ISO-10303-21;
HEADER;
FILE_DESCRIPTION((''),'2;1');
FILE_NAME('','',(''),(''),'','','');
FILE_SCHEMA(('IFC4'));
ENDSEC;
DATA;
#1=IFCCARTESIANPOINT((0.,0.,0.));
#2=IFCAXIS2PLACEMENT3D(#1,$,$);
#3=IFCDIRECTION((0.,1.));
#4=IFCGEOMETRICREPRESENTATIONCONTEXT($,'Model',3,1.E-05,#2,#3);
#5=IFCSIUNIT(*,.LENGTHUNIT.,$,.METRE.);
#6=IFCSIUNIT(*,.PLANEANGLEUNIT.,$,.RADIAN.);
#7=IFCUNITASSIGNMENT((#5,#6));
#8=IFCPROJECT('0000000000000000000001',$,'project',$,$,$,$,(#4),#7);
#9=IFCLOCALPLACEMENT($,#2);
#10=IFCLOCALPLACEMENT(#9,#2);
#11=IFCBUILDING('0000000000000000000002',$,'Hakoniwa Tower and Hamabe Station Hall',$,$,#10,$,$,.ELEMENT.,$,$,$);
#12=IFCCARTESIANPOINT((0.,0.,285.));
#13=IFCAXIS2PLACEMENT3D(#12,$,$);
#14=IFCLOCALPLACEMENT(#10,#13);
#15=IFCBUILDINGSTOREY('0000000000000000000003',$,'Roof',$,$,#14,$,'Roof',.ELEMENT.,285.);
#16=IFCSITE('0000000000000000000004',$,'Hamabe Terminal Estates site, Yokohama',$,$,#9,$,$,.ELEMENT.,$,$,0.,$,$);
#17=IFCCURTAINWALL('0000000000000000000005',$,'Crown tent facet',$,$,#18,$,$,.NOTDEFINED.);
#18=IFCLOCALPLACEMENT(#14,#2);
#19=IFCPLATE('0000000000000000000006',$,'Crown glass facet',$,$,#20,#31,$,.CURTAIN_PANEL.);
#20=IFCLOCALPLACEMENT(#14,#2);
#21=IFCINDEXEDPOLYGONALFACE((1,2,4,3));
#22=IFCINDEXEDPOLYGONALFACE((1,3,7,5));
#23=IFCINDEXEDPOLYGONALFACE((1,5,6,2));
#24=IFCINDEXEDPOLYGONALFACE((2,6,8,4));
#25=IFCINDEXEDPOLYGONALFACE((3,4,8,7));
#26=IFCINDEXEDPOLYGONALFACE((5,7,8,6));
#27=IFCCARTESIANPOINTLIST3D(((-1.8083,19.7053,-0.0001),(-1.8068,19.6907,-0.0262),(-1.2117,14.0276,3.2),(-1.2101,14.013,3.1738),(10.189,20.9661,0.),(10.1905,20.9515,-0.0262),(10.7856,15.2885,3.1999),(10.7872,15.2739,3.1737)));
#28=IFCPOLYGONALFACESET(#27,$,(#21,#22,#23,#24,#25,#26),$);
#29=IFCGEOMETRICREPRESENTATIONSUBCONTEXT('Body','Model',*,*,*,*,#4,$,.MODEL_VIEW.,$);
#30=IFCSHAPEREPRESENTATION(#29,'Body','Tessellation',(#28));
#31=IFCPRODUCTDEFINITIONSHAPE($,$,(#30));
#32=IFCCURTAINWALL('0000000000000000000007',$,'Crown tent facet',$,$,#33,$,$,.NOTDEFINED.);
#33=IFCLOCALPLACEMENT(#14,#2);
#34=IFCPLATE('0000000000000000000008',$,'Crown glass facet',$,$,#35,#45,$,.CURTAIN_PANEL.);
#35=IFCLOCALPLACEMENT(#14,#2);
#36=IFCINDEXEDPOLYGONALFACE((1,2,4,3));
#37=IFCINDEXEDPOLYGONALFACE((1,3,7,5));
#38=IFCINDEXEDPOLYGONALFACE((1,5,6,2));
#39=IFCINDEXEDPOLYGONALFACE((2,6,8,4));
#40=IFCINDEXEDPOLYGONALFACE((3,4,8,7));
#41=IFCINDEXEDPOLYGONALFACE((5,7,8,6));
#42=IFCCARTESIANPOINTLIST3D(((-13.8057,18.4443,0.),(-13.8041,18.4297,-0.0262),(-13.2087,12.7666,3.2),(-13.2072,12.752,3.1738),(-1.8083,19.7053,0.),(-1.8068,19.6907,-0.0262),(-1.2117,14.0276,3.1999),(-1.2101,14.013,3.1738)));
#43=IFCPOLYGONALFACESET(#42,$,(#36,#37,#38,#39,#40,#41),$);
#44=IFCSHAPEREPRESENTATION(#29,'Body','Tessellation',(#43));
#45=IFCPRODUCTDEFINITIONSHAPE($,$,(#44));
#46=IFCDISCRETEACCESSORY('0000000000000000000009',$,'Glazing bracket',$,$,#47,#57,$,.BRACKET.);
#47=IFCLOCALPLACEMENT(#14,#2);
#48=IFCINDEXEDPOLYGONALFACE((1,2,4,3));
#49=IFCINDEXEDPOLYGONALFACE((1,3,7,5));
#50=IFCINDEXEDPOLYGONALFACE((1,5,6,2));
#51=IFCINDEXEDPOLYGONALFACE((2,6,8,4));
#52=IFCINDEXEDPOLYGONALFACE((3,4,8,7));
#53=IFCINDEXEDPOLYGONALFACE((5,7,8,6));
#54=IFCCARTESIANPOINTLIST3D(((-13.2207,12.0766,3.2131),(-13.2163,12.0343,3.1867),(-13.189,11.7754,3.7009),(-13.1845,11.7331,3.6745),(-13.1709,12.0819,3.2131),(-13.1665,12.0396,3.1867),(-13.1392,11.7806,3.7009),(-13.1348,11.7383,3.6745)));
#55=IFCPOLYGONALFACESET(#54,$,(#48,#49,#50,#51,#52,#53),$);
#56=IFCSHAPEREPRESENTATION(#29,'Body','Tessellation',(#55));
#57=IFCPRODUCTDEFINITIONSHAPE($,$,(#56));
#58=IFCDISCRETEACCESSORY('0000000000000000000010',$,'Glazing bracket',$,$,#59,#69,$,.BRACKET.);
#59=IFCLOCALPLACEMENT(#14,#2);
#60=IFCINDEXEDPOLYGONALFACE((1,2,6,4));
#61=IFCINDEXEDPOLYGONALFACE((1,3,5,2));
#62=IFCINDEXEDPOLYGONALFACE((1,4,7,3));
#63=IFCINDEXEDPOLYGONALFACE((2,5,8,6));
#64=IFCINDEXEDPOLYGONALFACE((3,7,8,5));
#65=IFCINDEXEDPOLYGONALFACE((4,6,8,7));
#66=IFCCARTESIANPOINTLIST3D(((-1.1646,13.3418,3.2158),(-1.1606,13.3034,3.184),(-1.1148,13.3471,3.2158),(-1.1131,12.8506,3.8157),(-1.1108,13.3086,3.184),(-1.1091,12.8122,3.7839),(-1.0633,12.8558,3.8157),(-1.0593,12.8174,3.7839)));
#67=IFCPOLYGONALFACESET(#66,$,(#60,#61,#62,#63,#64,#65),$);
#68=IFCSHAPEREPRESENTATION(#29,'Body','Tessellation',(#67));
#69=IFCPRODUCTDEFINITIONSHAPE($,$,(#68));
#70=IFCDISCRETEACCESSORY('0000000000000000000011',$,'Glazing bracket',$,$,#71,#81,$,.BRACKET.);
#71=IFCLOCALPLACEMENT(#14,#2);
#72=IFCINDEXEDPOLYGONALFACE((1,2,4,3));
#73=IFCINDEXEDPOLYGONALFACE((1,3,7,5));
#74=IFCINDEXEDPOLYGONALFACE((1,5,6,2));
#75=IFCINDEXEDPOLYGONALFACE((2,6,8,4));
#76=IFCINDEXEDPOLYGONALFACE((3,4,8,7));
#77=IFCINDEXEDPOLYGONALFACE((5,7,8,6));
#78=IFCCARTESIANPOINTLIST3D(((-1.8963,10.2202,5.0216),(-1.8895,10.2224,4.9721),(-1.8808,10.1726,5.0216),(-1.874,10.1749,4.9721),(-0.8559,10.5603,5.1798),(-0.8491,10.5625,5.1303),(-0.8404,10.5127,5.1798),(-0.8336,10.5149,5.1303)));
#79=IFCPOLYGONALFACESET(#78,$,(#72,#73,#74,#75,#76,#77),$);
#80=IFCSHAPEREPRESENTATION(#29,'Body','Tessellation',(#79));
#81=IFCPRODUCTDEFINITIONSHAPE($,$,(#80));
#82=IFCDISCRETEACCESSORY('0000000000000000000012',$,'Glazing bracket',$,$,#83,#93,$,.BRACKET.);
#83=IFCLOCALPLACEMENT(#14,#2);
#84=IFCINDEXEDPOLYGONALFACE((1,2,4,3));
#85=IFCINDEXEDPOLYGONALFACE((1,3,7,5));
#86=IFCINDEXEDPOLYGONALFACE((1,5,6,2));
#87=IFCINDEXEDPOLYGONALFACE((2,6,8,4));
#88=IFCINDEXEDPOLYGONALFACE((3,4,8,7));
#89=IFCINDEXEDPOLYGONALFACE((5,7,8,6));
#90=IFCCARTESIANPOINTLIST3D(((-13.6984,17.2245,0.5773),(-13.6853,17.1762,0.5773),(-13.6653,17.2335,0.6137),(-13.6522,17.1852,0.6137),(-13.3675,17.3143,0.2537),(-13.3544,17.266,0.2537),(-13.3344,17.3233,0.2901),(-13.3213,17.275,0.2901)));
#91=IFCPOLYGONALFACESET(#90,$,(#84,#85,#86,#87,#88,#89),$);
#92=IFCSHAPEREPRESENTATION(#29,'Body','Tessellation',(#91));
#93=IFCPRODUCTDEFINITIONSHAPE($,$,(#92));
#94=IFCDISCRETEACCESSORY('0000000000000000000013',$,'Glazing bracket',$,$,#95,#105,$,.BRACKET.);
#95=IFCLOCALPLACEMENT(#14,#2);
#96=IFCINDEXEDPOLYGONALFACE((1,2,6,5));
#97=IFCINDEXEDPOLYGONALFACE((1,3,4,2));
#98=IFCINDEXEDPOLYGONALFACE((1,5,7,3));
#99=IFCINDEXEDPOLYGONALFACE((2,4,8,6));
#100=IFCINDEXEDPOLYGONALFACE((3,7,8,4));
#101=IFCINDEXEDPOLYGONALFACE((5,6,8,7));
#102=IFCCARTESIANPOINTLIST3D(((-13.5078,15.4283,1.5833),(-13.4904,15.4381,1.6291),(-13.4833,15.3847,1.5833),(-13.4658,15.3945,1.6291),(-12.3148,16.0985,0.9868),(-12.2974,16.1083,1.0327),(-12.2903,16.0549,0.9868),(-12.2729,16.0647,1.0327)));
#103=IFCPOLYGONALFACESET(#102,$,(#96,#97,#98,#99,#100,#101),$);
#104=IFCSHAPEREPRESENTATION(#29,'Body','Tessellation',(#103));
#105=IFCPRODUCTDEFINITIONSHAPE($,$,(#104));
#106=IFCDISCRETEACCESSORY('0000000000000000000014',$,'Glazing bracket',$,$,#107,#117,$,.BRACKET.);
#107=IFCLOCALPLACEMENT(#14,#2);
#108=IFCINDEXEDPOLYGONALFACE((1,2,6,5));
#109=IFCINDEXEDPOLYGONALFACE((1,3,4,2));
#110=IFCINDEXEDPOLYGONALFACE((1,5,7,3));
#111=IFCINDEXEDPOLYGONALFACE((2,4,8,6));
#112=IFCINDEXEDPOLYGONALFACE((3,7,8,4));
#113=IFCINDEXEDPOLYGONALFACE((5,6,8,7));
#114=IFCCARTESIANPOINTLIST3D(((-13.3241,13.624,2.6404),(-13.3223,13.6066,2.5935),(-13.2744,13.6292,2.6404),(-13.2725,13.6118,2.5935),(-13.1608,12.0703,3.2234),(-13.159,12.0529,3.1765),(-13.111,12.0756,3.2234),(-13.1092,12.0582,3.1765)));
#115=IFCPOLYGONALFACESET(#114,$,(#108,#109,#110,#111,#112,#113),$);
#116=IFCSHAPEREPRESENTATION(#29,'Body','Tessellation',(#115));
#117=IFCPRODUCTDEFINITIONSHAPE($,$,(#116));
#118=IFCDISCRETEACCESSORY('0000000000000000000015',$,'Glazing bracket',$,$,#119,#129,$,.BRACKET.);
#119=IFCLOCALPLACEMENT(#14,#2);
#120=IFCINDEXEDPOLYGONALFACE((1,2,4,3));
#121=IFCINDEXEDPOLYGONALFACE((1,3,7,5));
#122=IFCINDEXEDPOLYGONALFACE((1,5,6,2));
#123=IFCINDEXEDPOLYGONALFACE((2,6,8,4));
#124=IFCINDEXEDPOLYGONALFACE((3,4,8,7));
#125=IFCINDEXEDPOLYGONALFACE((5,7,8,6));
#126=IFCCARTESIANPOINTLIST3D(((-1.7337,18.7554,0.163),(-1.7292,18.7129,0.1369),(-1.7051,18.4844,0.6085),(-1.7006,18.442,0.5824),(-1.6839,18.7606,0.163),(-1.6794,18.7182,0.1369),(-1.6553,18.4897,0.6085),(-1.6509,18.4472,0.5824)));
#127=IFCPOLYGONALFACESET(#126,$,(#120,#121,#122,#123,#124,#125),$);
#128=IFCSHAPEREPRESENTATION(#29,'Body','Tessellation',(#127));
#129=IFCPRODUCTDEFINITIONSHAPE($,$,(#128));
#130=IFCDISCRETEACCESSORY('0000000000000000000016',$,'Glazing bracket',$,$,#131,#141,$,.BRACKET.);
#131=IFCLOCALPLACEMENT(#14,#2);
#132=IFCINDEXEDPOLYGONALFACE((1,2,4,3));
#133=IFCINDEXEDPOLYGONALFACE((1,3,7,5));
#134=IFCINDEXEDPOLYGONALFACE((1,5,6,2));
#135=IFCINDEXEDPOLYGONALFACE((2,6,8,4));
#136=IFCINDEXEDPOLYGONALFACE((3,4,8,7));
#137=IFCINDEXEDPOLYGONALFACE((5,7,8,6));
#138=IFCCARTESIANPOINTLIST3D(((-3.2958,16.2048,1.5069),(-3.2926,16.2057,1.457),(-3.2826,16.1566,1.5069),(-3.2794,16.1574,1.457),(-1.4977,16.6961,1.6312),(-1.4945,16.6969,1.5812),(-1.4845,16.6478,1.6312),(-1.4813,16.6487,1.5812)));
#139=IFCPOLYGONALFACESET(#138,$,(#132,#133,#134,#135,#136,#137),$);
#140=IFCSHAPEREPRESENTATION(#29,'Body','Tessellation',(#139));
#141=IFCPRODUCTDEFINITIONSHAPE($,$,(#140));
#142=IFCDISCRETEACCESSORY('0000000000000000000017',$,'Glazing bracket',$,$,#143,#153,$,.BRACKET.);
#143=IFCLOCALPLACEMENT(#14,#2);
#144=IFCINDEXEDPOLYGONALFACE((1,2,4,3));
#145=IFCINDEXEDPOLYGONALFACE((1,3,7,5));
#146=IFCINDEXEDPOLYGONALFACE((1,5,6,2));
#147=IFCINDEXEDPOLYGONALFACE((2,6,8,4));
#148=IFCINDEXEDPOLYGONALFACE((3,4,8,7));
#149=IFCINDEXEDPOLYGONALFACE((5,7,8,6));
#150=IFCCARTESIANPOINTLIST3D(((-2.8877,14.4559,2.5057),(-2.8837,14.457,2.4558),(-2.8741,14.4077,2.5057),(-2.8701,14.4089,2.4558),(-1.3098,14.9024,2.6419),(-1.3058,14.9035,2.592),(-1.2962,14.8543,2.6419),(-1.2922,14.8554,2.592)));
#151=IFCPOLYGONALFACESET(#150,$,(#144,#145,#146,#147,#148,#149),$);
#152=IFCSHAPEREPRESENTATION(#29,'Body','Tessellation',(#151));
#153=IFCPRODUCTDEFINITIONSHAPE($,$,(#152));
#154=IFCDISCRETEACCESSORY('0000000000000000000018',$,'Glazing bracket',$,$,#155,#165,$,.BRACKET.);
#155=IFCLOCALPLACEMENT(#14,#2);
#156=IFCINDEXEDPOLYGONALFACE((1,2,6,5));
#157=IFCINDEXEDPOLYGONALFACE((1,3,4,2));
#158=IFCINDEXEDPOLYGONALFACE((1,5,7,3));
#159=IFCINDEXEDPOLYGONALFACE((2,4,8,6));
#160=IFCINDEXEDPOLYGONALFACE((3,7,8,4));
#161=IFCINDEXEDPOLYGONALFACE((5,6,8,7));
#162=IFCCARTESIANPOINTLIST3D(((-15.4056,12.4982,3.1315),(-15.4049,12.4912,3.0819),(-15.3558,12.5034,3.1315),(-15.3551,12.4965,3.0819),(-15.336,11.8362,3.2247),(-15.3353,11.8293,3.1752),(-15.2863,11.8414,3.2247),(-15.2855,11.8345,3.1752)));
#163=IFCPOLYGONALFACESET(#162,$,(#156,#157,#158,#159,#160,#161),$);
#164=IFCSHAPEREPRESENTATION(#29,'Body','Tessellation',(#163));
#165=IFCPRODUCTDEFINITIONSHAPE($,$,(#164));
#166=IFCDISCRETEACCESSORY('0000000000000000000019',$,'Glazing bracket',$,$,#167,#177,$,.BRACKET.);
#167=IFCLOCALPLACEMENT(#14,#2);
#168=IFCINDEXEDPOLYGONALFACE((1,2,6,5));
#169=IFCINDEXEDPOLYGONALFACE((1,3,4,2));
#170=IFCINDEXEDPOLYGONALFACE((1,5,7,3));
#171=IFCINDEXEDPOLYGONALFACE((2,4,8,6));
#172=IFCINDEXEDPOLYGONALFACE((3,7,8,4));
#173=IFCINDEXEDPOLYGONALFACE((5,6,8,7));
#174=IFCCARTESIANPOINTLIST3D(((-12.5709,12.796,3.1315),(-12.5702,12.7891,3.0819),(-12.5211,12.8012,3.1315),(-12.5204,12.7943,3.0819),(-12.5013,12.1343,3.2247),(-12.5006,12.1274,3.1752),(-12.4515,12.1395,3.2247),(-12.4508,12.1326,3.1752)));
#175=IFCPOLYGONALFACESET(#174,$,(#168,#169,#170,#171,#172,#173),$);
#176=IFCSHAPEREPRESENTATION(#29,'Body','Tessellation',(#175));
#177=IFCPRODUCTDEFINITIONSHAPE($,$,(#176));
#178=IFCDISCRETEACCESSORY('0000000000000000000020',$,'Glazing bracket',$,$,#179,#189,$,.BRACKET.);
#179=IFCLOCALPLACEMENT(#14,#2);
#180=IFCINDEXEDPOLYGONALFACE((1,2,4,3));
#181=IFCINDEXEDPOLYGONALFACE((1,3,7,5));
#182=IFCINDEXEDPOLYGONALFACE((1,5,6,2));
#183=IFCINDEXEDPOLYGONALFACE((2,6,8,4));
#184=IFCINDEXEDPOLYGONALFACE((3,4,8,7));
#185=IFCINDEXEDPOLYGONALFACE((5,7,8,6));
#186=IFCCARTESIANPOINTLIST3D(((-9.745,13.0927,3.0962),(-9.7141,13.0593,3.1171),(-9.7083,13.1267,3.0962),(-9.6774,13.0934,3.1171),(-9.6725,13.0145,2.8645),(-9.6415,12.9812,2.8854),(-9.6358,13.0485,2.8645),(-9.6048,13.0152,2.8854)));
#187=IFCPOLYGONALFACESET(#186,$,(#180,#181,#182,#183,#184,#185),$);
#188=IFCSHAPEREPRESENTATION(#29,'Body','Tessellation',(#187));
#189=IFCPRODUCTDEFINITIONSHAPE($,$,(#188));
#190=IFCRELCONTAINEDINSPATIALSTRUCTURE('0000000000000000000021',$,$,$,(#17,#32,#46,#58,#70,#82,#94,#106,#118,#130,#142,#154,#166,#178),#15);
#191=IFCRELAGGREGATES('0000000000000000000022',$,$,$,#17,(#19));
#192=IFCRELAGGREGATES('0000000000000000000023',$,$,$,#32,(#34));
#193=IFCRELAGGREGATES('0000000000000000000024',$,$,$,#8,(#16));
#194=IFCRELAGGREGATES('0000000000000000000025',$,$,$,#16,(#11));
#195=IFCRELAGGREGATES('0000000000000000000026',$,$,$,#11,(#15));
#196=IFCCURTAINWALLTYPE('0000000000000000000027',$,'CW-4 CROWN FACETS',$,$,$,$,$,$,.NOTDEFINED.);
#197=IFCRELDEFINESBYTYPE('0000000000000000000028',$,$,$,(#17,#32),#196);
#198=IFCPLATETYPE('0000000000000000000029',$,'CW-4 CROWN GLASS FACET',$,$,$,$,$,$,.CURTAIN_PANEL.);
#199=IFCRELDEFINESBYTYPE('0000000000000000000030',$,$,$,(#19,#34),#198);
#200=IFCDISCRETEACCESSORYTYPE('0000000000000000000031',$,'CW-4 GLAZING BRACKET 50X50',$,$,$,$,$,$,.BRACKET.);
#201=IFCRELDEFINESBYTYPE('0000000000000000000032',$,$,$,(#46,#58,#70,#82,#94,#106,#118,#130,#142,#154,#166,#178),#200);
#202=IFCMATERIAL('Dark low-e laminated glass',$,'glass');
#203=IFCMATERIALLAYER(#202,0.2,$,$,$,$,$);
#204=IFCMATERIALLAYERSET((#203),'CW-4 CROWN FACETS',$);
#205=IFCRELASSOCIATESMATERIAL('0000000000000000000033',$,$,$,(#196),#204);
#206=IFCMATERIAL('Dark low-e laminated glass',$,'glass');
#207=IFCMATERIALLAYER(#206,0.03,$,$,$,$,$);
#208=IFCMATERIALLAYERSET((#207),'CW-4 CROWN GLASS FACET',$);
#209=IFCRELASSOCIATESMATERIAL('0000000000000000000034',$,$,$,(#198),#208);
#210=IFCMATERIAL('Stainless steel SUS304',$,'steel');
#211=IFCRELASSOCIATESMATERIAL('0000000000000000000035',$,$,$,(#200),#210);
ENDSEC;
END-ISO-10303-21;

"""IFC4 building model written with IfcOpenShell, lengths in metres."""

from ifc_helpers import new_model, si_unit, direction, frame, origin, origin_2d, place, context, subcontext, project, spatial, polyline, rectangle, outline, extrude, material, layer, layer_set, material_profile, profile_set, type_object, element, aggregate, save


model = new_model("IFC4")

# Units and contexts
model_context = context("Model", 3, precision=1e-05, world=origin(), true_north=direction((0.0, 1.0)))
body_context = subcontext(model_context, "Body", "Model", "MODEL_VIEW")
ifc_project = project(units=[si_unit("LENGTHUNIT", "METRE"), si_unit("PLANEANGLEUNIT", "RADIAN")], contexts=[model_context])

# Site, building, storey
site_placement = place(None, origin())
site = spatial("IfcSite", under=ifc_project, at=site_placement, Name="Hamabe Terminal Estates site, Yokohama", CompositionType="ELEMENT", RefElevation=0.0)
building_placement = place(site_placement, origin())
building = spatial("IfcBuilding", under=site, at=building_placement, Name="Hakoniwa Tower and Hamabe Station Hall", CompositionType="ELEMENT")
storey_placement = place(building_placement, frame((0.0, 0.0, 285.0)))
storey = spatial("IfcBuildingStorey", under=building, at=storey_placement, Name="Roof", LongName="Roof", CompositionType="ELEMENT", Elevation=285.0)

# Shared definitions
ifc_material_1 = material(Name="Dark low-e laminated glass", Category="glass")
ifc_layer_1 = layer(ifc_material_1, 0.2)
ifc_layer_set_1 = layer_set([ifc_layer_1], Name="CW-4 CROWN FACETS")
curtain_wall_type = type_object("IfcCurtainWallType", Name="CW-4 CROWN FACETS", PredefinedType="NOTDEFINED", material=ifc_layer_set_1)

# Curtain wall, plate
curtain_wall_1_placement = place(storey_placement, origin())
curtain_wall_1 = element("IfcCurtainWall", 1, at=curtain_wall_1_placement, inside=storey, type_object=curtain_wall_type, Name="Crown tent facet", PredefinedType="NOTDEFINED")
ifc_material_2 = material(Name="Dark low-e laminated glass", Category="glass")
ifc_layer_2 = layer(ifc_material_2, 0.03)
ifc_layer_set_2 = layer_set([ifc_layer_2], Name="CW-4 CROWN GLASS FACET")
plate_type = type_object("IfcPlateType", Name="CW-4 CROWN GLASS FACET", PredefinedType="CURTAIN_PANEL", material=ifc_layer_set_2)
plate_1_placement = place(storey_placement, frame((-1.2117, 14.0276, 3.2), z_axis=(-0.051105, 0.486272, 0.872312), x_axis=(-0.09117, 0.867534, -0.48895)))
plate_1 = element("IfcPlate", 2, at=plate_1_placement, type_object=plate_type, Name="Crown glass facet", PredefinedType="CURTAIN_PANEL", context=body_context, shape_type="SweptSolid", body=[
    extrude(outline(polyline([(0.0, 0.0), (6.5446, 0.0), (6.5446, -12.0634), (0.0002, -12.0634), (0.0, 0.0)])), origin(), (0.0, 0.0, -1.0), 0.03),
])
aggregate(curtain_wall_1, [plate_1])

# Curtain wall, plate
curtain_wall_2_placement = place(storey_placement, origin())
curtain_wall_2 = element("IfcCurtainWall", 3, at=curtain_wall_2_placement, inside=storey, type_object=curtain_wall_type, Name="Crown tent facet", PredefinedType="NOTDEFINED")
plate_2_placement = place(storey_placement, frame((-13.2087, 12.7666, 3.2), z_axis=(-0.051109, 0.486262, 0.872317), x_axis=(-0.091208, 0.867535, -0.488941)))
plate_2 = element("IfcPlate", 4, at=plate_2_placement, type_object=plate_type, Name="Crown glass facet", PredefinedType="CURTAIN_PANEL", context=body_context, shape_type="SweptSolid", body=[
    extrude(outline(polyline([(0.0, 0.0), (6.5447, 0.0), (6.5444, -12.0634), (-0.0003, -12.0632), (0.0, 0.0)])), origin(), (0.0, 0.0, -1.0), 0.03),
])
aggregate(curtain_wall_2, [plate_2])

# Discrete accessories
ifc_material_3 = material(Name="Stainless steel SUS304", Category="steel")
ifc_material_profile_1 = material_profile(ifc_material_3, rectangle(XDim=0.05, YDim=0.05, at=origin_2d()), Name="CW-4 GLAZING BRACKET 50X50")
ifc_profile_set_1 = profile_set([ifc_material_profile_1], Name="Stainless steel SUS304")
discrete_accessory_type = type_object("IfcDiscreteAccessoryType", Name="CW-4 GLAZING BRACKET 50X50", PredefinedType="BRACKET", material=ifc_profile_set_1)
discrete_accessory_1_placement = place(storey_placement, frame((-13.1619, 11.7568, 3.6877), z_axis=(-0.055273, 0.524671, -0.849509), x_axis=(-0.994497, -0.104769, 0.0)))
element("IfcDiscreteAccessory", 5, at=discrete_accessory_1_placement, inside=storey, type_object=discrete_accessory_type, Name="Glazing bracket", PredefinedType="BRACKET", context=body_context, shape_type="SweptSolid", body=[
    extrude(rectangle(XDim=0.05, YDim=0.05, at=origin_2d()), origin(), (0.0, 0.0, 1.0), 0.5742),
])
discrete_accessory_2_placement = place(storey_placement, frame((-1.0862, 12.834, 3.7998), z_axis=(-0.066296, 0.63217, -0.771989), x_axis=(-0.994546, -0.104299, 0.0)))
element("IfcDiscreteAccessory", 6, at=discrete_accessory_2_placement, inside=storey, type_object=discrete_accessory_type, Name="Glazing bracket", PredefinedType="BRACKET", context=body_context, shape_type="SweptSolid", body=[
    extrude(rectangle(XDim=0.05, YDim=0.05, at=origin_2d()), origin(), (0.0, 0.0, 1.0), 0.7771),
])
discrete_accessory_3_placement = place(storey_placement, frame((-0.8447, 10.5376, 5.155), z_axis=(-0.940745, -0.307475, -0.143032), x_axis=(0.310669, -0.950518, 0.0)))
element("IfcDiscreteAccessory", 7, at=discrete_accessory_3_placement, inside=storey, type_object=discrete_accessory_type, Name="Glazing bracket", PredefinedType="BRACKET", context=body_context, shape_type="SweptSolid", body=[
    extrude(rectangle(XDim=0.05, YDim=0.05, at=origin_2d()), origin(), (0.0, 0.0, 1.0), 1.106),
])
discrete_accessory_4_placement = place(storey_placement, frame((-13.6753, 17.2048, 0.5955), z_axis=(0.701868, 0.190618, -0.686328), x_axis=(-0.262093, 0.965043, 0.0)))
element("IfcDiscreteAccessory", 8, at=discrete_accessory_4_placement, inside=storey, type_object=discrete_accessory_type, Name="Glazing bracket", PredefinedType="BRACKET", context=body_context, shape_type="SweptSolid", body=[
    extrude(rectangle(XDim=0.05, YDim=0.05, at=origin_2d()), origin(), (0.0, 0.0, 1.0), 0.4714),
])
discrete_accessory_5_placement = place(storey_placement, frame((-13.4868, 15.4114, 1.6062), z_axis=(0.7992, 0.448998, -0.3996), x_axis=(-0.489804, 0.871833, 0.0)))
element("IfcDiscreteAccessory", 9, at=discrete_accessory_5_placement, inside=storey, type_object=discrete_accessory_type, Name="Glazing bracket", PredefinedType="BRACKET", context=body_context, shape_type="SweptSolid", body=[
    extrude(rectangle(XDim=0.05, YDim=0.05, at=origin_2d()), origin(), (0.0, 0.0, 1.0), 1.4927),
])
discrete_accessory_6_placement = place(storey_placement, frame((-13.2983, 13.6179, 2.6169), z_axis=(0.097948, -0.931755, 0.349628), x_axis=(0.99452, 0.104546, 0.0)))
element("IfcDiscreteAccessory", 10, at=discrete_accessory_6_placement, inside=storey, type_object=discrete_accessory_type, Name="Glazing bracket", PredefinedType="BRACKET", context=body_context, shape_type="SweptSolid", body=[
    extrude(rectangle(XDim=0.05, YDim=0.05, at=origin_2d()), origin(), (0.0, 0.0, 1.0), 1.6675),
])
discrete_accessory_7_placement = place(storey_placement, frame((-1.678, 18.4658, 0.5955), z_axis=(-0.054692, 0.518872, -0.853101), x_axis=(-0.994491, -0.104825, 0.0)))
element("IfcDiscreteAccessory", 11, at=discrete_accessory_7_placement, inside=storey, type_object=discrete_accessory_type, Name="Glazing bracket", PredefinedType="BRACKET", context=body_context, shape_type="SweptSolid", body=[
    extrude(rectangle(XDim=0.05, YDim=0.05, at=origin_2d()), origin(), (0.0, 0.0, 1.0), 0.5222),
])
discrete_accessory_8_placement = place(storey_placement, frame((-1.4895, 16.6724, 1.6062), z_axis=(-0.962515, -0.262944, -0.06652), x_axis=(0.263527, -0.964652, 0.0)))
element("IfcDiscreteAccessory", 12, at=discrete_accessory_8_placement, inside=storey, type_object=discrete_accessory_type, Name="Glazing bracket", PredefinedType="BRACKET", context=body_context, shape_type="SweptSolid", body=[
    extrude(rectangle(XDim=0.05, YDim=0.05, at=origin_2d()), origin(), (0.0, 0.0, 1.0), 1.8682),
])
discrete_accessory_9_placement = place(storey_placement, frame((-1.301, 14.8789, 2.6169), z_axis=(-0.958909, -0.271367, -0.08279), x_axis=(0.272302, -0.962212, 0.0)))
element("IfcDiscreteAccessory", 13, at=discrete_accessory_9_placement, inside=storey, type_object=discrete_accessory_type, Name="Glazing bracket", PredefinedType="BRACKET", context=body_context, shape_type="SweptSolid", body=[
    extrude(rectangle(XDim=0.05, YDim=0.05, at=origin_2d()), origin(), (0.0, 0.0, 1.0), 1.6455),
])
discrete_accessory_10_placement = place(storey_placement, frame((-15.3804, 12.4973, 3.1067), z_axis=(0.103539, -0.984896, 0.138779), x_axis=(0.99452, 0.104551, 0.0)))
element("IfcDiscreteAccessory", 14, at=discrete_accessory_10_placement, inside=storey, type_object=discrete_accessory_type, Name="Glazing bracket", PredefinedType="BRACKET", context=body_context, shape_type="SweptSolid", body=[
    extrude(rectangle(XDim=0.05, YDim=0.05, at=origin_2d()), origin(), (0.0, 0.0, 1.0), 0.6721),
])
discrete_accessory_11_placement = place(storey_placement, frame((-12.5457, 12.7952, 3.1067), z_axis=(0.103576, -0.984885, 0.138829), x_axis=(0.994516, 0.104589, 0.0)))
element("IfcDiscreteAccessory", 15, at=discrete_accessory_11_placement, inside=storey, type_object=discrete_accessory_type, Name="Glazing bracket", PredefinedType="BRACKET", context=body_context, shape_type="SweptSolid", body=[
    extrude(rectangle(XDim=0.05, YDim=0.05, at=origin_2d()), origin(), (0.0, 0.0, 1.0), 0.6719),
])
discrete_accessory_12_placement = place(storey_placement, frame((-9.7112, 13.093, 3.1067), z_axis=(0.284317, -0.306334, -0.908473), x_axis=(0.732957, 0.680275, 0.0)))
element("IfcDiscreteAccessory", 16, at=discrete_accessory_12_placement, inside=storey, type_object=discrete_accessory_type, Name="Glazing bracket", PredefinedType="BRACKET", context=body_context, shape_type="SweptSolid", body=[
    extrude(rectangle(XDim=0.05, YDim=0.05, at=origin_2d()), origin(), (0.0, 0.0, 1.0), 0.2551),
])

save(model, "model.ifc")
